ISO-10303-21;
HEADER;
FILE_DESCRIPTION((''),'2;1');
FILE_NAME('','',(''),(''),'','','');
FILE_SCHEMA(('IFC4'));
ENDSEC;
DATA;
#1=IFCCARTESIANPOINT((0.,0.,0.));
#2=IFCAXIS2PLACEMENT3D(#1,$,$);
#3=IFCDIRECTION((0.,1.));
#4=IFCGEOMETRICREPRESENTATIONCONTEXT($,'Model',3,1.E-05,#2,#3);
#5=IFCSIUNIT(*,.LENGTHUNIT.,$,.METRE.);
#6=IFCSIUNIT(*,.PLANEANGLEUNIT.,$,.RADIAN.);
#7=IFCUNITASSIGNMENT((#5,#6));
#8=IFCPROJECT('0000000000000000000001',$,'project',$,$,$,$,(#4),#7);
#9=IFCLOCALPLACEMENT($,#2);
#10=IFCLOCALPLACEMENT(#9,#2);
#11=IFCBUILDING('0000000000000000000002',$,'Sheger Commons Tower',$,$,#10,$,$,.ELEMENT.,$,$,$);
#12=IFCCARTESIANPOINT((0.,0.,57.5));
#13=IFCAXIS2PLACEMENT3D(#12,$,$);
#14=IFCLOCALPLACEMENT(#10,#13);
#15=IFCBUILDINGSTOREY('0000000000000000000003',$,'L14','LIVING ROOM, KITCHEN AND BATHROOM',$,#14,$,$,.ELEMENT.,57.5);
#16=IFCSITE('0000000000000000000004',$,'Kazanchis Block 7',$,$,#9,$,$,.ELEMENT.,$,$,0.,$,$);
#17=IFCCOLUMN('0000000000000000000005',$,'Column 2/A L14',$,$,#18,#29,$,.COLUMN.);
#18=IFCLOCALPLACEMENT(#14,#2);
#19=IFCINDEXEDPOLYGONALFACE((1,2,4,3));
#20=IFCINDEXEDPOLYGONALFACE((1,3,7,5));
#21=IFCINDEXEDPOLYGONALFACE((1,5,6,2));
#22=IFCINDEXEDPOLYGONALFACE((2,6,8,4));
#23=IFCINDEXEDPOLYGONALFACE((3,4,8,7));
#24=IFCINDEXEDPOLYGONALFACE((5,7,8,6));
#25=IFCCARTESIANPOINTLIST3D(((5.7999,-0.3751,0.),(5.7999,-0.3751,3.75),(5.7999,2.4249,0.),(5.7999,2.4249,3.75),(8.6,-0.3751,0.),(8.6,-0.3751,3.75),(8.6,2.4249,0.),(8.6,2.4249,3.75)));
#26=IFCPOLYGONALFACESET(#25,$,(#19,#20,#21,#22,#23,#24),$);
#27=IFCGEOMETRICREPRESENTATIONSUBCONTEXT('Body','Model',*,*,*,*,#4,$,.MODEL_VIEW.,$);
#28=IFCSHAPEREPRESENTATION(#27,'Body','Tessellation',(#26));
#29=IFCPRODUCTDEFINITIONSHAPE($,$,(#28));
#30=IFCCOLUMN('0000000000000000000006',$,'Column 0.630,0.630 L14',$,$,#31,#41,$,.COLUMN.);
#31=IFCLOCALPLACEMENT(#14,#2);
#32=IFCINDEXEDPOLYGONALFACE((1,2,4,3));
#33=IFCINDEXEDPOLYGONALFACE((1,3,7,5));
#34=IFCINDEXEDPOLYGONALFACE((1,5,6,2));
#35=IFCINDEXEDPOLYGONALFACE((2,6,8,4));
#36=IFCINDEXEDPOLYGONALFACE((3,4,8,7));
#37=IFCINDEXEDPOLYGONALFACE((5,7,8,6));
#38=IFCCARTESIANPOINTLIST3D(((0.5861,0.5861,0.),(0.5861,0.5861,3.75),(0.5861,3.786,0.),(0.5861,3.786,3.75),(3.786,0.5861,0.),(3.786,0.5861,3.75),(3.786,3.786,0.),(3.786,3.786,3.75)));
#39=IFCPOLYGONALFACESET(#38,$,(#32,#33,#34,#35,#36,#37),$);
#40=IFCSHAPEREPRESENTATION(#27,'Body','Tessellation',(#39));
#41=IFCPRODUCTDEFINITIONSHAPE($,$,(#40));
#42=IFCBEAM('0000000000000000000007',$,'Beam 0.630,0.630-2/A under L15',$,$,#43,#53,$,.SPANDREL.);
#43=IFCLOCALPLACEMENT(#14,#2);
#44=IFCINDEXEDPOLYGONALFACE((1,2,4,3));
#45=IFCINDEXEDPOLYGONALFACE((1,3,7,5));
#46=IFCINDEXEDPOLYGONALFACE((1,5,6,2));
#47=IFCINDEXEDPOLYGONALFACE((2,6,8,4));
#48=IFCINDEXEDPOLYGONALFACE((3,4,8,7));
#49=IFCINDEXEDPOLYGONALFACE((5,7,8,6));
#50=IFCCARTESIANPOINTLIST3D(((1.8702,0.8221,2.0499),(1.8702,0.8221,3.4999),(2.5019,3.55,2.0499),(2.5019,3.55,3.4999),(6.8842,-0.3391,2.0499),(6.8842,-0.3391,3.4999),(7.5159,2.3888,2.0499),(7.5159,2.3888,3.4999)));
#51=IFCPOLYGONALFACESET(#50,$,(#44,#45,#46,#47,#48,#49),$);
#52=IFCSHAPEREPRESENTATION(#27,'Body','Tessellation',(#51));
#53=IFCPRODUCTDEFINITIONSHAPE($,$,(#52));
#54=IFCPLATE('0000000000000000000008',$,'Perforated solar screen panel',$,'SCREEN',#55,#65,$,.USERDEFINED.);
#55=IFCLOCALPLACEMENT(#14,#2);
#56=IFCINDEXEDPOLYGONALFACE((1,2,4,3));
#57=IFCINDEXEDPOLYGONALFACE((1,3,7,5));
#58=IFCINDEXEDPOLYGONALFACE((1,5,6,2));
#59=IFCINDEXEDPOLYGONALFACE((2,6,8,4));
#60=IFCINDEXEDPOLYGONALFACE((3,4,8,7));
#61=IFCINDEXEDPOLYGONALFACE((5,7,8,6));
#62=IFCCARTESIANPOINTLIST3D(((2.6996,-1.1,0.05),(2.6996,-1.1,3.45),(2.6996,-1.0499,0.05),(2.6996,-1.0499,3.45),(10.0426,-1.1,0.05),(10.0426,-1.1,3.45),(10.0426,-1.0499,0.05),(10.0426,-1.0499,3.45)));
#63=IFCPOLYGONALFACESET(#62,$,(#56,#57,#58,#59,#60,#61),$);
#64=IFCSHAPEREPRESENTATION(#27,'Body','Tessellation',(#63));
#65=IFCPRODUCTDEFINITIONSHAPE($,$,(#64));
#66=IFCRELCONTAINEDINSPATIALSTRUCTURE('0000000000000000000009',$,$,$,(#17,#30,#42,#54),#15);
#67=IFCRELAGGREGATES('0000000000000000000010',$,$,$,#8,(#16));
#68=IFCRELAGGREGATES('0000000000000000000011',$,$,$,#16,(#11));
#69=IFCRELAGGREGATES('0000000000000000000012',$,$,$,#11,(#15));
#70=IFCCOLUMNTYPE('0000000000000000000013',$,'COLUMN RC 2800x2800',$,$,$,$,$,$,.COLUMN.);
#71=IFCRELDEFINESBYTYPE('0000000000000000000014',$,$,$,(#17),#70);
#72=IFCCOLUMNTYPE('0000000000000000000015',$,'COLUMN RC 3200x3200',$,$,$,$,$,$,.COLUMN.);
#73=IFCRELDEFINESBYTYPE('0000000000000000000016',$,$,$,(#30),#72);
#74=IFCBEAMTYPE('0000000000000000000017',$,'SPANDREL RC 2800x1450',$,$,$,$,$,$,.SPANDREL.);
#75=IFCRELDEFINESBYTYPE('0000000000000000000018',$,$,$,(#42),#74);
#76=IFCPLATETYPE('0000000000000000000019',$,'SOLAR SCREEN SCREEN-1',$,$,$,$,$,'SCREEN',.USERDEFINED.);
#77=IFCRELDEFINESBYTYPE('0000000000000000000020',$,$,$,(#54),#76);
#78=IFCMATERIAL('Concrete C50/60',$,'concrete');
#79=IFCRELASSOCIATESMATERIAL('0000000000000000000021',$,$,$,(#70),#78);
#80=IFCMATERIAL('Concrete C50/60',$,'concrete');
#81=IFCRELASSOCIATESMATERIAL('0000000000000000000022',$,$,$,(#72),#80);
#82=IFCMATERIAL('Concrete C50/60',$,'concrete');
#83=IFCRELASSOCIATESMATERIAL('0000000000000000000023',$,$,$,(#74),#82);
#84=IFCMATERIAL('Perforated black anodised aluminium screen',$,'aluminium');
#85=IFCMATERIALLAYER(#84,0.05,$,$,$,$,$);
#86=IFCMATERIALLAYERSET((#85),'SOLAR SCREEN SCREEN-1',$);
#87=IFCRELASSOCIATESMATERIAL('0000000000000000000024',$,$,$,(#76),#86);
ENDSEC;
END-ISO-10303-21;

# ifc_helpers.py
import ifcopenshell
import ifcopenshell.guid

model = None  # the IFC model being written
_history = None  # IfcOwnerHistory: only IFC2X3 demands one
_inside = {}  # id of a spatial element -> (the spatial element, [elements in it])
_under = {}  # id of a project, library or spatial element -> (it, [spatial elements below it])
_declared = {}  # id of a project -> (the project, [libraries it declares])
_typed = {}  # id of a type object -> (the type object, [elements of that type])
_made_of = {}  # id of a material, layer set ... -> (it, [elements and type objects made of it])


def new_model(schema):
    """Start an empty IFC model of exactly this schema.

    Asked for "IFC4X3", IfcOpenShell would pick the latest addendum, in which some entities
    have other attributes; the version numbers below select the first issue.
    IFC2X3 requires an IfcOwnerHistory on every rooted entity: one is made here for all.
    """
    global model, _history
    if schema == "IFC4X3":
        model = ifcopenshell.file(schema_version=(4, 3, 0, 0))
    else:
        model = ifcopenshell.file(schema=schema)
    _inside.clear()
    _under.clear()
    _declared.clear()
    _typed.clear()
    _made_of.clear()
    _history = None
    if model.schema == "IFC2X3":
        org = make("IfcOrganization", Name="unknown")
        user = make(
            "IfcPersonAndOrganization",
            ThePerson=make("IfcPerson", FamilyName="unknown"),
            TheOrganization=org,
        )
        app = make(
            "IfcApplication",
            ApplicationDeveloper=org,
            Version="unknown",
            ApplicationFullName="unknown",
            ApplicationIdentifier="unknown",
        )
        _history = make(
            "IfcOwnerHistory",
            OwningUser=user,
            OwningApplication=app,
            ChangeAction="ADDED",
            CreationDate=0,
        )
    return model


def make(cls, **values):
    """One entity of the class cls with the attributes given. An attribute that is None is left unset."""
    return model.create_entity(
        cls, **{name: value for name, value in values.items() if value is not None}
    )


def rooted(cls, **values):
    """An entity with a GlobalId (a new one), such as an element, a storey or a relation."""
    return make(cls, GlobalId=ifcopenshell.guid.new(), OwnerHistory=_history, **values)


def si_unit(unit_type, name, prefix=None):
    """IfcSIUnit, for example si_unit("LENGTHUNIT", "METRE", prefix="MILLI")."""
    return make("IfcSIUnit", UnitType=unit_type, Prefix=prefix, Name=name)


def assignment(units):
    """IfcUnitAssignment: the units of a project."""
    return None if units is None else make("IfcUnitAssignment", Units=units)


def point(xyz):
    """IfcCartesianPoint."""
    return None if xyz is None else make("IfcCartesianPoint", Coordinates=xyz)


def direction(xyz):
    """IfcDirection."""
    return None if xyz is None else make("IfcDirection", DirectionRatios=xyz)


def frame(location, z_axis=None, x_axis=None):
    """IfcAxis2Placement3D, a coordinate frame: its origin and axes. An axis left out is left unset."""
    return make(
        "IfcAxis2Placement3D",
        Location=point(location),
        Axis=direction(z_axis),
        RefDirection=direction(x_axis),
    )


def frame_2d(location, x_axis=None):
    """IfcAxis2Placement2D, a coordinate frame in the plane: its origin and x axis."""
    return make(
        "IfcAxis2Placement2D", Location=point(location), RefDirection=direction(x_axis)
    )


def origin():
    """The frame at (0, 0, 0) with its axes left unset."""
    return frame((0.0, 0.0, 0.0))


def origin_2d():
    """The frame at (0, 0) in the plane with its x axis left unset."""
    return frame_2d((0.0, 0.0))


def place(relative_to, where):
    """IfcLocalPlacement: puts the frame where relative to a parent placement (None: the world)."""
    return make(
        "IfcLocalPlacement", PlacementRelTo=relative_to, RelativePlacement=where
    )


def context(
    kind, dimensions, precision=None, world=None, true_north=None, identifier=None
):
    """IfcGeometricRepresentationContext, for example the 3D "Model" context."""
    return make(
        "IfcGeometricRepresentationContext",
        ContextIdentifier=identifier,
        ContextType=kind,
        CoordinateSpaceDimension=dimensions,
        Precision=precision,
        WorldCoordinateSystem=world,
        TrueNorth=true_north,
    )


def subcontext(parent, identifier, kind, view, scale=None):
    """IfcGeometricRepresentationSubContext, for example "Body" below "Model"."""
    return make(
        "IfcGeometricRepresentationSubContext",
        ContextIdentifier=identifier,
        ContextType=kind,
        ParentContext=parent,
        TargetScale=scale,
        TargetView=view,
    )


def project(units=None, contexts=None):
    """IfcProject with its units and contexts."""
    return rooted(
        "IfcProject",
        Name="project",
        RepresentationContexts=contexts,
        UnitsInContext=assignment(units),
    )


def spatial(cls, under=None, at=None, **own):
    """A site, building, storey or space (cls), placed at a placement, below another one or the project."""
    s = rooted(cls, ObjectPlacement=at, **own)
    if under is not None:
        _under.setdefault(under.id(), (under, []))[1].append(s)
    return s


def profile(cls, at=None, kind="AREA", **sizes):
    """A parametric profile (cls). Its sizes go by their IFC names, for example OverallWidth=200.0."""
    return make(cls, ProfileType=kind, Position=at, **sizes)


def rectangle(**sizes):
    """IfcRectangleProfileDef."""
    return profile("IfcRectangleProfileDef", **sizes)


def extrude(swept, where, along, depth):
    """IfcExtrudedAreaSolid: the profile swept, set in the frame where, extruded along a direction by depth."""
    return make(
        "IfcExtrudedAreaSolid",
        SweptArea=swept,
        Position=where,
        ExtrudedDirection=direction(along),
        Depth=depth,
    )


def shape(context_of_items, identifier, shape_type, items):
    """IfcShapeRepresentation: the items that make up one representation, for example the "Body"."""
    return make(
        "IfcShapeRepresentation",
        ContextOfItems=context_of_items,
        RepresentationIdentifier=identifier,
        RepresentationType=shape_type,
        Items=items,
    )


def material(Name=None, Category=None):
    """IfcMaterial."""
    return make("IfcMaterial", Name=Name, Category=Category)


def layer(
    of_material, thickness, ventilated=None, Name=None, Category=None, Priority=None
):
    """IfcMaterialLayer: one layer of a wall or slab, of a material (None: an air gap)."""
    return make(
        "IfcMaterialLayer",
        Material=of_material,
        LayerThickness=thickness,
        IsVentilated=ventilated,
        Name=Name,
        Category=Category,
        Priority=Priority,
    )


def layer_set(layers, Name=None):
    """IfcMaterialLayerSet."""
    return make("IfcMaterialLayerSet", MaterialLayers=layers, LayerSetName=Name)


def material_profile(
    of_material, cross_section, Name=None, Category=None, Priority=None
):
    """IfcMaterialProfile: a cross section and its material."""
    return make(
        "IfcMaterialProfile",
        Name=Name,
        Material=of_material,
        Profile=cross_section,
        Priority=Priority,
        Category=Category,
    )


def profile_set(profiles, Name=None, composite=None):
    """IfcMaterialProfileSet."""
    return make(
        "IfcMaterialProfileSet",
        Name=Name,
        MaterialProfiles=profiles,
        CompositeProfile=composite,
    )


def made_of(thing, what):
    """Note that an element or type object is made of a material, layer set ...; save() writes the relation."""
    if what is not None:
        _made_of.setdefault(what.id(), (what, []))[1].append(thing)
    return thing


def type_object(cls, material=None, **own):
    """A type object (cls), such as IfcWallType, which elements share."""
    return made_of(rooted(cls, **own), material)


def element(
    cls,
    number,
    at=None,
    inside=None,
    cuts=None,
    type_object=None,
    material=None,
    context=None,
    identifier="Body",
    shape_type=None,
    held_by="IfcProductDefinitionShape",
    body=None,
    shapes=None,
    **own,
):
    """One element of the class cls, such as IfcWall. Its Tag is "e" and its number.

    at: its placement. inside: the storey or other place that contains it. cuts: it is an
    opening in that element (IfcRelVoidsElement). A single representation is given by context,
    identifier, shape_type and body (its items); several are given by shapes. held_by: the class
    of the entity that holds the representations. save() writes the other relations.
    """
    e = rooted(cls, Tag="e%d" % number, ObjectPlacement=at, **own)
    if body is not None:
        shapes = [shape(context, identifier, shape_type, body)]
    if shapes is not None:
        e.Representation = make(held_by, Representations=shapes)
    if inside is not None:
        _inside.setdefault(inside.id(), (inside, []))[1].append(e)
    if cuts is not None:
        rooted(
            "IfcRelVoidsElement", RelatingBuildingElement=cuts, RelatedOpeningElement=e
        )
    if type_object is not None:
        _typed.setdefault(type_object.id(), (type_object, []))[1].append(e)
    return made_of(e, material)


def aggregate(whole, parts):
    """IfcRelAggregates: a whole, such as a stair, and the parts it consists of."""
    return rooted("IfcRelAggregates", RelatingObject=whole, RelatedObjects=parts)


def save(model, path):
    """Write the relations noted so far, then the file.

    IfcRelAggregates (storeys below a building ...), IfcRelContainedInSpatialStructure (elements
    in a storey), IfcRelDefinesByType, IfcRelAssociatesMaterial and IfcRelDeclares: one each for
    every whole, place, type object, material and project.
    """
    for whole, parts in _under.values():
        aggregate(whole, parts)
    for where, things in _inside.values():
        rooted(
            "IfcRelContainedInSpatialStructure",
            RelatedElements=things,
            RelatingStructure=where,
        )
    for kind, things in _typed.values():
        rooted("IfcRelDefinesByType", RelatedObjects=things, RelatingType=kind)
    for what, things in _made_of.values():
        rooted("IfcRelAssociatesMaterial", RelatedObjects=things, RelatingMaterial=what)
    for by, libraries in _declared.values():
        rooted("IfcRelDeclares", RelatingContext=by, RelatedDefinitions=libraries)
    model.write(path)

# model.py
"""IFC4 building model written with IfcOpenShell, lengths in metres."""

from ifc_helpers import new_model, si_unit, direction, frame, origin, origin_2d, place, context, subcontext, project, spatial, rectangle, extrude, material, layer, layer_set, material_profile, profile_set, type_object, element, save


model = new_model("IFC4")

# Units and contexts
model_context = context("Model", 3, precision=1e-05, world=origin(), true_north=direction((0.0, 1.0)))
body_context = subcontext(model_context, "Body", "Model", "MODEL_VIEW")
ifc_project = project(units=[si_unit("LENGTHUNIT", "METRE"), si_unit("PLANEANGLEUNIT", "RADIAN")], contexts=[model_context])

# Site, building, storey
site_placement = place(None, origin())
site = spatial("IfcSite", under=ifc_project, at=site_placement, Name="Kazanchis Block 7", CompositionType="ELEMENT", RefElevation=0.0)
building_placement = place(site_placement, origin())
building = spatial("IfcBuilding", under=site, at=building_placement, Name="Sheger Commons Tower", CompositionType="ELEMENT")
storey_placement = place(building_placement, frame((0.0, 0.0, 57.5)))
storey = spatial("IfcBuildingStorey", under=building, at=storey_placement, Name="L14", Description="LIVING ROOM, KITCHEN AND BATHROOM", CompositionType="ELEMENT", Elevation=57.5)

# Columns
ifc_material_1 = material(Name="Concrete C50/60", Category="concrete")
ifc_material_profile_1 = material_profile(ifc_material_1, rectangle(XDim=2.8, YDim=2.8, at=origin_2d()), Name="RC 2800x2800")
ifc_profile_set_1 = profile_set([ifc_material_profile_1], Name="Concrete C50/60")
column_type_1 = type_object("IfcColumnType", Name="COLUMN RC 2800x2800", PredefinedType="COLUMN", material=ifc_profile_set_1)
column_1_placement = place(storey_placement, frame((7.2, 1.0249, 0.0), z_axis=(0.0, 0.0, 1.0), x_axis=(1.0, 0.0, 0.0)))
element("IfcColumn", 1, at=column_1_placement, inside=storey, type_object=column_type_1, Name="Column 2/A L14", PredefinedType="COLUMN", context=body_context, shape_type="SweptSolid", body=[
    extrude(rectangle(XDim=2.8, YDim=2.8, at=origin_2d()), origin(), (0.0, 0.0, 1.0), 3.75),
])
ifc_material_2 = material(Name="Concrete C50/60", Category="concrete")
ifc_material_profile_2 = material_profile(ifc_material_2, rectangle(XDim=3.2, YDim=3.2, at=origin_2d()), Name="RC 3200x3200")
ifc_profile_set_2 = profile_set([ifc_material_profile_2], Name="Concrete C50/60")
column_type_2 = type_object("IfcColumnType", Name="COLUMN RC 3200x3200", PredefinedType="COLUMN", material=ifc_profile_set_2)
column_2_placement = place(storey_placement, frame((2.186, 2.186, 0.0), z_axis=(0.0, 0.0, 1.0), x_axis=(1.0, 0.0, 0.0)))
element("IfcColumn", 2, at=column_2_placement, inside=storey, type_object=column_type_2, Name="Column 0.630,0.630 L14", PredefinedType="COLUMN", context=body_context, shape_type="SweptSolid", body=[
    extrude(rectangle(XDim=3.2, YDim=3.2, at=origin_2d()), origin(), (0.0, 0.0, 1.0), 3.75),
])

# Beam
ifc_material_3 = material(Name="Concrete C50/60", Category="concrete")
ifc_material_profile_3 = material_profile(ifc_material_3, rectangle(XDim=2.8, YDim=1.45, at=origin_2d()), Name="RC 2800x1450")
ifc_profile_set_3 = profile_set([ifc_material_profile_3], Name="Concrete C50/60")
beam_type = type_object("IfcBeamType", Name="SPANDREL RC 2800x1450", PredefinedType="SPANDREL", material=ifc_profile_set_3)
beam_placement = place(storey_placement, frame((2.186, 2.186, 2.7749), z_axis=(0.974217, -0.225611, 0.0), x_axis=(0.225611, 0.974217, 0.0)))
element("IfcBeam", 3, at=beam_placement, inside=storey, type_object=beam_type, Name="Beam 0.630,0.630-2/A under L15", PredefinedType="SPANDREL", context=body_context, shape_type="SweptSolid", body=[
    extrude(rectangle(XDim=2.8, YDim=1.45, at=origin_2d()), origin(), (0.0, 0.0, 1.0), 5.1467),
])

# Plate
ifc_material_4 = material(Name="Perforated black anodised aluminium screen", Category="aluminium")
ifc_layer_1 = layer(ifc_material_4, 0.05)
ifc_layer_set_1 = layer_set([ifc_layer_1], Name="SOLAR SCREEN SCREEN-1")
plate_type = type_object("IfcPlateType", Name="SOLAR SCREEN SCREEN-1", ElementType="SCREEN", PredefinedType="USERDEFINED", material=ifc_layer_set_1)
plate_placement = place(storey_placement, frame((6.3711, -1.075, 0.05), z_axis=(0.0, 0.0, 1.0), x_axis=(1.0, 0.0, 0.0)))
element("IfcPlate", 4, at=plate_placement, inside=storey, type_object=plate_type, Name="Perforated solar screen panel", ObjectType="SCREEN", PredefinedType="USERDEFINED", context=body_context, shape_type="SweptSolid", body=[
    extrude(rectangle(XDim=7.343, YDim=0.05, at=origin_2d()), origin(), (0.0, 0.0, 1.0), 3.3999),
])

save(model, "model.ifc")
